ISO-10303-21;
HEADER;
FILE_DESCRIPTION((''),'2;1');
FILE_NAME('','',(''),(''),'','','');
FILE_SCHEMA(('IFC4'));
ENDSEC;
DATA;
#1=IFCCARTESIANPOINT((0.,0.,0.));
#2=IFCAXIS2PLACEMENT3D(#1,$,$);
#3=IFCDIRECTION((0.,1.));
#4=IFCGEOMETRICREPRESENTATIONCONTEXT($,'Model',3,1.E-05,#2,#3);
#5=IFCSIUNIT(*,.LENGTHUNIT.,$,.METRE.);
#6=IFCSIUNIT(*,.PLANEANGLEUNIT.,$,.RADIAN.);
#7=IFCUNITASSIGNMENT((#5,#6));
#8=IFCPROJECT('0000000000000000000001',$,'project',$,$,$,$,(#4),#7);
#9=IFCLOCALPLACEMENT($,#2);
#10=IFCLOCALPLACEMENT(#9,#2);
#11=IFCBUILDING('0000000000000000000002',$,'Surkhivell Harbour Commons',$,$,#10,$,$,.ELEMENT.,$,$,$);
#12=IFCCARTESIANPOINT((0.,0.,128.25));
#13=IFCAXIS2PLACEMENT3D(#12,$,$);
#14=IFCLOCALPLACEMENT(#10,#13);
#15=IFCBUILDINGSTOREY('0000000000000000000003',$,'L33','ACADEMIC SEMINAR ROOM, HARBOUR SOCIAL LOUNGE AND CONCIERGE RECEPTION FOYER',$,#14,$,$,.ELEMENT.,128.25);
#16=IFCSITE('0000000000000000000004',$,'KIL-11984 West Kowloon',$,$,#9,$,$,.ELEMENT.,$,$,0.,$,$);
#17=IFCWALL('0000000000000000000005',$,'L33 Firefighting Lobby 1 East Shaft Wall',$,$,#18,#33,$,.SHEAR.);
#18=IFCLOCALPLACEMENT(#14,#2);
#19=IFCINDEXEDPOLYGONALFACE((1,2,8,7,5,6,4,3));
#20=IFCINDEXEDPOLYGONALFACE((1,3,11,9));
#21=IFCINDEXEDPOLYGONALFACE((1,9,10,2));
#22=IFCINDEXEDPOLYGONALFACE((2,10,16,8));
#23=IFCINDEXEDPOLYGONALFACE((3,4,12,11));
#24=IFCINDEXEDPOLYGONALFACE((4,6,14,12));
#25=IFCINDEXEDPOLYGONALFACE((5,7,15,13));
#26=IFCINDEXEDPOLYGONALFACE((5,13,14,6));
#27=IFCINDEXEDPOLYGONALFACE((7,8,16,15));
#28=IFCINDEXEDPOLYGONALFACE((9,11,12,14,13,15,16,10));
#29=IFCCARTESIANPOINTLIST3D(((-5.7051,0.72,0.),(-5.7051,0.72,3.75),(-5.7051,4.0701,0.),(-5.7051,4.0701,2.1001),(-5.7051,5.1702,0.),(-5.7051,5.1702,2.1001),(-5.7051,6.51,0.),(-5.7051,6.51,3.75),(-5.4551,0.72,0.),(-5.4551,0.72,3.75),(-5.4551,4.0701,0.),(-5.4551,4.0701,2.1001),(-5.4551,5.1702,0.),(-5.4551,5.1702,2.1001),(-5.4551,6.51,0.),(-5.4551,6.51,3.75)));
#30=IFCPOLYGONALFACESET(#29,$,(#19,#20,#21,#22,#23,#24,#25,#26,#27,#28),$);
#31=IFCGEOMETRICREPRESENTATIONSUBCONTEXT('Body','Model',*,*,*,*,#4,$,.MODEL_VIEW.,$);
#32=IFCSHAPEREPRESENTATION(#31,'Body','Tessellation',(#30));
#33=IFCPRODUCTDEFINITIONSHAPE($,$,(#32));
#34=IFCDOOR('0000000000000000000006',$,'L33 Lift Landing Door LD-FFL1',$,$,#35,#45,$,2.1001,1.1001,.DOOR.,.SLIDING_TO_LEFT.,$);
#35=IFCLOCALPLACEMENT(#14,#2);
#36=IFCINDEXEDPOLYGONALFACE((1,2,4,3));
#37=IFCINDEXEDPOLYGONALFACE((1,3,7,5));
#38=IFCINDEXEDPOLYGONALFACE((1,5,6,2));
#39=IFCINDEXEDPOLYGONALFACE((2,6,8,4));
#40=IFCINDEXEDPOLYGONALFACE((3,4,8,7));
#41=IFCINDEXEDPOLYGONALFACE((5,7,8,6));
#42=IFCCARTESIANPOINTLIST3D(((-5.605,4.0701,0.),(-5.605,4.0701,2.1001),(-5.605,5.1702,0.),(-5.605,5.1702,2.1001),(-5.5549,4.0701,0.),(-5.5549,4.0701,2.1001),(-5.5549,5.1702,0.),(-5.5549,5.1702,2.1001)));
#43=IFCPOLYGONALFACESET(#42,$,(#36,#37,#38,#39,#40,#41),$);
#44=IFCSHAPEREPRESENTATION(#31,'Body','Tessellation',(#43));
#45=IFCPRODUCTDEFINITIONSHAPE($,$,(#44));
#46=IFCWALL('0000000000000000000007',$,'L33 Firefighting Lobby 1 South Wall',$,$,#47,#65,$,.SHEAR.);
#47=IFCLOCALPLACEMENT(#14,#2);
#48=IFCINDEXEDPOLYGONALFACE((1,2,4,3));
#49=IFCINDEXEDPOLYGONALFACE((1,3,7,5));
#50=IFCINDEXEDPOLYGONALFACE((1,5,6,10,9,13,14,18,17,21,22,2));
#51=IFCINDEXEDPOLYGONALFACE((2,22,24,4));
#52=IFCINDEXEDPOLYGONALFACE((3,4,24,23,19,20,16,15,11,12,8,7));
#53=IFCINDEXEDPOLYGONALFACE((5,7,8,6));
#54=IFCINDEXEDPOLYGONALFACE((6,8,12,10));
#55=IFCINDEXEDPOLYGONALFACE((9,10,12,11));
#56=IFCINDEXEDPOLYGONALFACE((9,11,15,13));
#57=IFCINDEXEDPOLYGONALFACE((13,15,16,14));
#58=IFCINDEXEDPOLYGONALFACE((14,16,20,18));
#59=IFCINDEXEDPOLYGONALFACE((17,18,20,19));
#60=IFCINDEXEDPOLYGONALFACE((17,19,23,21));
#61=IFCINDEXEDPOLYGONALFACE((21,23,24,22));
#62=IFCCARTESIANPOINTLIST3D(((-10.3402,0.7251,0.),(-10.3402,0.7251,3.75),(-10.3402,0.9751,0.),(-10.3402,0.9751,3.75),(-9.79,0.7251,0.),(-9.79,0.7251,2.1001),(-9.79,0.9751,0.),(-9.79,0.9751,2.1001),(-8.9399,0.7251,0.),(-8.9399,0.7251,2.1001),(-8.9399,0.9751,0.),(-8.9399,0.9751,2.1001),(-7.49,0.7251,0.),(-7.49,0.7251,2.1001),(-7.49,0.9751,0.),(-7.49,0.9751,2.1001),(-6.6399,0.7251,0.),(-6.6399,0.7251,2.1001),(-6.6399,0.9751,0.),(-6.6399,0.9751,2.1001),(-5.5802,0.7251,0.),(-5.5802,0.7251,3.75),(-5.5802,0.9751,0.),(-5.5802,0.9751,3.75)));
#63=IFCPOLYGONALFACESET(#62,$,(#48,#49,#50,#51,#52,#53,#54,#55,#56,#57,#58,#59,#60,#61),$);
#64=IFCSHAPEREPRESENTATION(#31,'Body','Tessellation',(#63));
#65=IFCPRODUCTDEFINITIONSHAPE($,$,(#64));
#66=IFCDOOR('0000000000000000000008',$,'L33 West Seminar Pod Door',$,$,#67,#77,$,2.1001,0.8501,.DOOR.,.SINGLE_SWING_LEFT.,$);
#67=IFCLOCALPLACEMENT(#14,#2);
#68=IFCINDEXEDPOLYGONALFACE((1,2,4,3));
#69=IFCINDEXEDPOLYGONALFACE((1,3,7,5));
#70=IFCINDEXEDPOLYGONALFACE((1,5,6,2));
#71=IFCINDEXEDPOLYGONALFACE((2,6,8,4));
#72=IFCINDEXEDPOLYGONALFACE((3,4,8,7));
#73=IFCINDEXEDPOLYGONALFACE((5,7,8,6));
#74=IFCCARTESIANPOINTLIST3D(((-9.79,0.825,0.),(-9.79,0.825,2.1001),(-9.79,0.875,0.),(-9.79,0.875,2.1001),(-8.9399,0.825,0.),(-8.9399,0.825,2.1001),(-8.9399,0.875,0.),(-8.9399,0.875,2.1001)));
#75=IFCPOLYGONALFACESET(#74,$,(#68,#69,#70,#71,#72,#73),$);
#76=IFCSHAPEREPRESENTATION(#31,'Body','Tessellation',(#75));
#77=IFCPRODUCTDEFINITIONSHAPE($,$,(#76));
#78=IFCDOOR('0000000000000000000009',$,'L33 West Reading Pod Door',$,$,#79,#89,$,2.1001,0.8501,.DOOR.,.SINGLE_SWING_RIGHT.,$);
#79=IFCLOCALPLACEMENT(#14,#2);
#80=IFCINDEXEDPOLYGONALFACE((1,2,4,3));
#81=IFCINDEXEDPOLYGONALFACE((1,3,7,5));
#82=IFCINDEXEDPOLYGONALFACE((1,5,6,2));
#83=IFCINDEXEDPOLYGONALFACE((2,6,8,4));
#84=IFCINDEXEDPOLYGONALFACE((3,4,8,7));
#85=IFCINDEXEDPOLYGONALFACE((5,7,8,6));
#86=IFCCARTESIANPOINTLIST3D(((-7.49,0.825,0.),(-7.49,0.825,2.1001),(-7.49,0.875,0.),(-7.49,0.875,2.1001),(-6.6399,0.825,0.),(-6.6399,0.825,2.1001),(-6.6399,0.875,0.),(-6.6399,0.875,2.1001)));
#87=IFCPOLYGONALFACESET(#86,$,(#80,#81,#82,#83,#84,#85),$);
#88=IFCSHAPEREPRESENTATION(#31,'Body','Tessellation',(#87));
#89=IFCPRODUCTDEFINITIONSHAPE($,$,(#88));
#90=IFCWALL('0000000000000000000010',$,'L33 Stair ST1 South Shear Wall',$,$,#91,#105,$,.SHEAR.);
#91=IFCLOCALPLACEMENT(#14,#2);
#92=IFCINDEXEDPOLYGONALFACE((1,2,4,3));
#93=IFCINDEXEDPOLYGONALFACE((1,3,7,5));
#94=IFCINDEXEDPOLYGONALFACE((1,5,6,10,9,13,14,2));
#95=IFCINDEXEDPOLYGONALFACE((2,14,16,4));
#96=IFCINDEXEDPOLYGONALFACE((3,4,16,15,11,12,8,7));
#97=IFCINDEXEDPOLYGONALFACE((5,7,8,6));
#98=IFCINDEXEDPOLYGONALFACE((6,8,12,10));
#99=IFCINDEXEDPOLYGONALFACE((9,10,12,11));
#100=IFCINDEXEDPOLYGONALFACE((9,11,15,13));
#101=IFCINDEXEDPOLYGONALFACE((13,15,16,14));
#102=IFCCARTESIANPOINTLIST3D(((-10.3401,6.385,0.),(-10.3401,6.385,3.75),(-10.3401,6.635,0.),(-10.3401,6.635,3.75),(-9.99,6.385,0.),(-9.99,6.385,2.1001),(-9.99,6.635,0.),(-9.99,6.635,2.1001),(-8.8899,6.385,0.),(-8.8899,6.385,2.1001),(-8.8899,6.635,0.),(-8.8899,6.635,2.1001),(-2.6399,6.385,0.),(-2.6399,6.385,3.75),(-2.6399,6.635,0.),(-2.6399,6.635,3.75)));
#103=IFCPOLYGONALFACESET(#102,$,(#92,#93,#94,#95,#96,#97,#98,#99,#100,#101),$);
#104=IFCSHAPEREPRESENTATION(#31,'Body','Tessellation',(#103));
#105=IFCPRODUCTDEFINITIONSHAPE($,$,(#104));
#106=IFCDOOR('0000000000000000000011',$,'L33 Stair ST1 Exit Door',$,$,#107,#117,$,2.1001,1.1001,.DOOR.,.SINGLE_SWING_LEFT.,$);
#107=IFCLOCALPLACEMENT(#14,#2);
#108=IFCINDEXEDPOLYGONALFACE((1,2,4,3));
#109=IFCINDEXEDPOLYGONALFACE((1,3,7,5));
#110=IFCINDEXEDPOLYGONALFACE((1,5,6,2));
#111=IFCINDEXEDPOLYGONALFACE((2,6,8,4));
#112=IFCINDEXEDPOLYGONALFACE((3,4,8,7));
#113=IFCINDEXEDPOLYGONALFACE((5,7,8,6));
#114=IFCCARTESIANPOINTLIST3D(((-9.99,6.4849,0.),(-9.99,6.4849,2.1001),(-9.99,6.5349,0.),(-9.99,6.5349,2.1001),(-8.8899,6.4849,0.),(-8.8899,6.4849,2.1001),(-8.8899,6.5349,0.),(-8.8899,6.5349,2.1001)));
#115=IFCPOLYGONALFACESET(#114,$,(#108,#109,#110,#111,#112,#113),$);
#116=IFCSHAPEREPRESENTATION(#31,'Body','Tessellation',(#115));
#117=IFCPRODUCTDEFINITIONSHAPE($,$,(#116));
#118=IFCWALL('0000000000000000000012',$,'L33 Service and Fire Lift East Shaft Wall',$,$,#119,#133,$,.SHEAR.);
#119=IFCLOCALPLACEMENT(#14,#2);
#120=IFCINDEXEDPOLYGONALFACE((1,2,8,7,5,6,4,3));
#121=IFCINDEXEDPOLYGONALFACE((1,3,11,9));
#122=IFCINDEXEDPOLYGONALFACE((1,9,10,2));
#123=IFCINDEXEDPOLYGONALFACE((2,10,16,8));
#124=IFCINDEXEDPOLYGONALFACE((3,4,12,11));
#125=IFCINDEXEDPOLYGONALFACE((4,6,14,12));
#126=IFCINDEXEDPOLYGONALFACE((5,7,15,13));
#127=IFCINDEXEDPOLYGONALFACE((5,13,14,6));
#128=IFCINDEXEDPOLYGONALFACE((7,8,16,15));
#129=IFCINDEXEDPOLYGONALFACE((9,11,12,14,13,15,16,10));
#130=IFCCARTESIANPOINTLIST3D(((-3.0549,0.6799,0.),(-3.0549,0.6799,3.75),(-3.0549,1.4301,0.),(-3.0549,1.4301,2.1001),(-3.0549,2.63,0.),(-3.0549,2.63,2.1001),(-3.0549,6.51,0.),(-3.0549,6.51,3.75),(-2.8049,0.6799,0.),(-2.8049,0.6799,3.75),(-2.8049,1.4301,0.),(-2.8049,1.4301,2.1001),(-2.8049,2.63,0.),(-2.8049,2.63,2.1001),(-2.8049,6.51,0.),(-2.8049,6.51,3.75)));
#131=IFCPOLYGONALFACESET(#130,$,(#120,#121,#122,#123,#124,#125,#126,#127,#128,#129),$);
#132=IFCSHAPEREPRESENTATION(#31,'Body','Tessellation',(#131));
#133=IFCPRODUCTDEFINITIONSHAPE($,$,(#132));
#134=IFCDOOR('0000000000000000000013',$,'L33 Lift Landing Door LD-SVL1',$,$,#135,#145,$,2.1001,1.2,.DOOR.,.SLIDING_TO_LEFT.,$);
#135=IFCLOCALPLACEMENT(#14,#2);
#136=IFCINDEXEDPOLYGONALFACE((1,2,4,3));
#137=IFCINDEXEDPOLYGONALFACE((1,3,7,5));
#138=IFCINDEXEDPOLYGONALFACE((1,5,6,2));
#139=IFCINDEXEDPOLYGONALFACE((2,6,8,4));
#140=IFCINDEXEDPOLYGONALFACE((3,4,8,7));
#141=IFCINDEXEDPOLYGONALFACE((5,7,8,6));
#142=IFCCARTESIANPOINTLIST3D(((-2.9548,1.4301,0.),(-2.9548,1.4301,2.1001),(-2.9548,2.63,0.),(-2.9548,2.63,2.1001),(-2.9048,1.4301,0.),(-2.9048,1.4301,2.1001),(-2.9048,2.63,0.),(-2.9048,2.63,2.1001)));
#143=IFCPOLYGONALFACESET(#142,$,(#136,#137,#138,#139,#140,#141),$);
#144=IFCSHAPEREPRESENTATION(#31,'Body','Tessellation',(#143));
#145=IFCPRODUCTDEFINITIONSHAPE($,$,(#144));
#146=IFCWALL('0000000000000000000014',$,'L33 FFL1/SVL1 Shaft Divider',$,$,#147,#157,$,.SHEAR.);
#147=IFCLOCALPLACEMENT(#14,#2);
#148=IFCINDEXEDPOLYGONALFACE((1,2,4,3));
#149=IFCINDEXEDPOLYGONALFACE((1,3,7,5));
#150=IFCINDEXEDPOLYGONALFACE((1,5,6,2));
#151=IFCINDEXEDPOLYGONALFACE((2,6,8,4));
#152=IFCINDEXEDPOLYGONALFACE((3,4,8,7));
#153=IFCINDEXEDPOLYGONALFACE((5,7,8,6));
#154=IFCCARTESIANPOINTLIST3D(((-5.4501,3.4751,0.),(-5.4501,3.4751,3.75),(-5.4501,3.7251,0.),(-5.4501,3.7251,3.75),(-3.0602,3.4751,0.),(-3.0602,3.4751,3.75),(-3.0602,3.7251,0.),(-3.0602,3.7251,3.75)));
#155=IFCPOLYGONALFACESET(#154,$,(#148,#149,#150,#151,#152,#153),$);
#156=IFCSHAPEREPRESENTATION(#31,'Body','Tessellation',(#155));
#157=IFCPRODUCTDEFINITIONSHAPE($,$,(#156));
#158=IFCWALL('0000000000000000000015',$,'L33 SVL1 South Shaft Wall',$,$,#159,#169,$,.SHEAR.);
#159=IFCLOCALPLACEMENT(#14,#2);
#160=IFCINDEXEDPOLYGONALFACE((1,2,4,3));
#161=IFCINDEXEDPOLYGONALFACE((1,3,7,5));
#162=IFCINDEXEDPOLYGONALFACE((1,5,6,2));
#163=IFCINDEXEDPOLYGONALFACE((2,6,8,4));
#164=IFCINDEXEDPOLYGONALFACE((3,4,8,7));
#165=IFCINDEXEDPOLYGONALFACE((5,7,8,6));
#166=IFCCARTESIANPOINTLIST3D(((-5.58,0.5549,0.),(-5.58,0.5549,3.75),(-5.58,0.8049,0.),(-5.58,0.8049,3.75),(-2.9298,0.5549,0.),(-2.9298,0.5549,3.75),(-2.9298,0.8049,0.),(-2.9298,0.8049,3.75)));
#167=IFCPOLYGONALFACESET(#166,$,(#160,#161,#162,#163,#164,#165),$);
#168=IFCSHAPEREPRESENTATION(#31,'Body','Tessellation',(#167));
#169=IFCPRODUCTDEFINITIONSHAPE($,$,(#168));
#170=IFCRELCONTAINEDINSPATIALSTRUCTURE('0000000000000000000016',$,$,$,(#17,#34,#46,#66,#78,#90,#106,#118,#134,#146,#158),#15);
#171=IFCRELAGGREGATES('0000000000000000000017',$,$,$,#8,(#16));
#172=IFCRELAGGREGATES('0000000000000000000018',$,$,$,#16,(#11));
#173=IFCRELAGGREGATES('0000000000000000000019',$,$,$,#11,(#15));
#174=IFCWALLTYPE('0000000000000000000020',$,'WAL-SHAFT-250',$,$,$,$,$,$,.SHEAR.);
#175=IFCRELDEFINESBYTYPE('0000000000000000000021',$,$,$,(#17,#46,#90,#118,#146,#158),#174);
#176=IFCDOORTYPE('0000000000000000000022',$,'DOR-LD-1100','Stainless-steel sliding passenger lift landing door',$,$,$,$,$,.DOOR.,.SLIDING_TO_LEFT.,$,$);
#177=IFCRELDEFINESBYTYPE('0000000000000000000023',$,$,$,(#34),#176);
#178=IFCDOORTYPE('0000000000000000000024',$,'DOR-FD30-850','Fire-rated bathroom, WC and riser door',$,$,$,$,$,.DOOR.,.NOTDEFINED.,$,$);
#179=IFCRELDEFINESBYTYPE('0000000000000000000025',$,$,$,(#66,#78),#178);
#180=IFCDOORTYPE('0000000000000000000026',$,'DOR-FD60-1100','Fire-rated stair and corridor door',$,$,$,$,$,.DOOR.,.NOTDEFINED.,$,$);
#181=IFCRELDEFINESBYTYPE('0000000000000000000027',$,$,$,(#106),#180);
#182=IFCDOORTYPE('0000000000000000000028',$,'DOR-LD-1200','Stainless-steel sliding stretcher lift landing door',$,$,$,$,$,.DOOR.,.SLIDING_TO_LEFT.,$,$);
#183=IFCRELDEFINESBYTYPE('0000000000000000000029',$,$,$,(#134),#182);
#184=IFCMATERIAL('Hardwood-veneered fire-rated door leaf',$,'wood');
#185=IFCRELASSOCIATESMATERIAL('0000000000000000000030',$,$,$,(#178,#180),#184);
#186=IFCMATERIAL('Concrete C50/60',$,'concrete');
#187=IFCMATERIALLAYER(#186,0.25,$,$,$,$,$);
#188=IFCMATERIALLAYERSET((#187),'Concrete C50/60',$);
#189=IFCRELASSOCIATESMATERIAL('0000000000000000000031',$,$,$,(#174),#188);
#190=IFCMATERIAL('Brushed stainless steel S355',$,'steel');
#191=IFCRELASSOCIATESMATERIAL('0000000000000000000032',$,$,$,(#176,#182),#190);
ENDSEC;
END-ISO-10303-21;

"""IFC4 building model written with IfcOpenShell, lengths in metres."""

from ifc_helpers import new_model, si_unit, direction, frame, frame_2d, origin, place, context, subcontext, project, spatial, rectangle, extrude, material, layer, layer_set, type_object, element, fill, save


model = new_model("IFC4")

# Units and contexts
model_context = context("Model", 3, precision=1e-05, world=origin(), true_north=direction((0.0, 1.0)))
body_context = subcontext(model_context, "Body", "Model", "MODEL_VIEW")
ifc_project = project(units=[si_unit("LENGTHUNIT", "METRE"), si_unit("PLANEANGLEUNIT", "RADIAN")], contexts=[model_context])

# Site, building, storey
site_placement = place(None, origin())
site = spatial("IfcSite", under=ifc_project, at=site_placement, Name="KIL-11984 West Kowloon", CompositionType="ELEMENT", RefElevation=0.0)
building_placement = place(site_placement, origin())
building = spatial("IfcBuilding", under=site, at=building_placement, Name="Surkhivell Harbour Commons", CompositionType="ELEMENT")
storey_placement = place(building_placement, frame((0.0, 0.0, 128.25)))
storey = spatial("IfcBuildingStorey", under=building, at=storey_placement, Name="L33", Description="ACADEMIC SEMINAR ROOM, HARBOUR SOCIAL LOUNGE AND CONCIERGE RECEPTION FOYER", CompositionType="ELEMENT", Elevation=128.25)

# Shared definitions
ifc_material_1 = material(Name="Hardwood-veneered fire-rated door leaf", Category="wood")

# Shared definitions
door_type_1 = type_object("IfcDoorType", Name="DOR-FD30-850", Description="Fire-rated bathroom, WC and riser door", OperationType="NOTDEFINED", PredefinedType="DOOR", material=ifc_material_1)

# Wall, opening, door
ifc_material_2 = material(Name="Concrete C50/60", Category="concrete")
ifc_layer_1 = layer(ifc_material_2, 0.25)
ifc_layer_set_1 = layer_set([ifc_layer_1], Name="Concrete C50/60")
wall_type_1 = type_object("IfcWallType", Name="WAL-SHAFT-250", PredefinedType="SHEAR", material=ifc_layer_set_1)
wall_1_placement = place(storey_placement, frame((-5.5801, 0.72, 0.0), z_axis=(0.0, 0.0, 1.0), x_axis=(0.0, 1.0, 0.0)))
wall_1 = element("IfcWall", 1, at=wall_1_placement, inside=storey, type_object=wall_type_1, Name="L33 Firefighting Lobby 1 East Shaft Wall", PredefinedType="SHEAR", context=body_context, shape_type="SweptSolid", body=[
    extrude(rectangle(XDim=5.79, YDim=0.25, at=frame_2d((2.895, 0.0))), origin(), (0.0, 0.0, 1.0), 3.75),
])
opening_1_placement = place(wall_1_placement, frame((3.3501, 0.0, 0.0)))
opening_1 = element("IfcOpeningElement", 2, at=opening_1_placement, cuts=wall_1, PredefinedType="OPENING", context=body_context, shape_type="SweptSolid", body=[
    extrude(rectangle(XDim=1.1001, YDim=2.1001, at=frame_2d((0.55, 1.05))), frame((0.0, 0.135, 0.0), z_axis=(0.0, -1.0, 0.0), x_axis=(1.0, 0.0, 0.0)), (0.0, 0.0, 1.0), 0.27),
])
ifc_material_3 = material(Name="Brushed stainless steel S355", Category="steel")
door_type_2 = type_object("IfcDoorType", Name="DOR-LD-1100", Description="Stainless-steel sliding passenger lift landing door", OperationType="SLIDING_TO_LEFT", PredefinedType="DOOR", material=ifc_material_3)
door_1_placement = place(opening_1_placement, origin())
door_1 = element("IfcDoor", 3, at=door_1_placement, inside=storey, type_object=door_type_2, Name="L33 Lift Landing Door LD-FFL1", OperationType="SLIDING_TO_LEFT", OverallHeight=2.1001, OverallWidth=1.1001, PredefinedType="DOOR", context=body_context, shape_type="SweptSolid", body=[
    extrude(rectangle(XDim=1.1001, YDim=2.1001, at=frame_2d((0.55, 1.05))), frame((0.0, 0.0249, 0.0), z_axis=(0.0, -1.0, 0.0), x_axis=(1.0, 0.0, 0.0)), (0.0, 0.0, 1.0), 0.05),
])
fill(opening_1, door_1)

# Wall, openings, doors
wall_2_placement = place(storey_placement, frame((-10.3401, 0.8501, 0.0), z_axis=(0.0, 0.0, 1.0), x_axis=(1.0, 0.0, 0.0)))
wall_2 = element("IfcWall", 4, at=wall_2_placement, inside=storey, type_object=wall_type_1, Name="L33 Firefighting Lobby 1 South Wall", PredefinedType="SHEAR", context=body_context, shape_type="SweptSolid", body=[
    extrude(rectangle(XDim=4.76, YDim=0.25, at=frame_2d((2.3799, 0.0))), origin(), (0.0, 0.0, 1.0), 3.75),
])
opening_2_placement = place(wall_2_placement, frame((0.55, 0.0, 0.0)))
opening_2 = element("IfcOpeningElement", 5, at=opening_2_placement, cuts=wall_2, PredefinedType="OPENING", context=body_context, shape_type="SweptSolid", body=[
    extrude(rectangle(XDim=0.8501, YDim=2.1001, at=frame_2d((0.425, 1.05))), frame((0.0, 0.135, 0.0), z_axis=(0.0, -1.0, 0.0), x_axis=(1.0, 0.0, 0.0)), (0.0, 0.0, 1.0), 0.27),
])
opening_3_placement = place(wall_2_placement, frame((2.8501, 0.0, 0.0)))
opening_3 = element("IfcOpeningElement", 6, at=opening_3_placement, cuts=wall_2, PredefinedType="OPENING", context=body_context, shape_type="SweptSolid", body=[
    extrude(rectangle(XDim=0.8501, YDim=2.1001, at=frame_2d((0.425, 1.05))), frame((0.0, 0.135, 0.0), z_axis=(0.0, -1.0, 0.0), x_axis=(1.0, 0.0, 0.0)), (0.0, 0.0, 1.0), 0.27),
])
door_2_placement = place(opening_2_placement, origin())
door_2 = element("IfcDoor", 7, at=door_2_placement, inside=storey, type_object=door_type_1, Name="L33 West Seminar Pod Door", OperationType="SINGLE_SWING_LEFT", OverallHeight=2.1001, OverallWidth=0.8501, PredefinedType="DOOR", context=body_context, shape_type="SweptSolid", body=[
    extrude(rectangle(XDim=0.8501, YDim=2.1001, at=frame_2d((0.425, 1.05))), frame((0.0, 0.0249, 0.0), z_axis=(0.0, -1.0, 0.0), x_axis=(1.0, 0.0, 0.0)), (0.0, 0.0, 1.0), 0.05),
])
fill(opening_2, door_2)
door_3_placement = place(opening_3_placement, origin())
door_3 = element("IfcDoor", 8, at=door_3_placement, inside=storey, type_object=door_type_1, Name="L33 West Reading Pod Door", OperationType="SINGLE_SWING_RIGHT", OverallHeight=2.1001, OverallWidth=0.8501, PredefinedType="DOOR", context=body_context, shape_type="SweptSolid", body=[
    extrude(rectangle(XDim=0.8501, YDim=2.1001, at=frame_2d((0.425, 1.05))), frame((0.0, 0.0249, 0.0), z_axis=(0.0, -1.0, 0.0), x_axis=(1.0, 0.0, 0.0)), (0.0, 0.0, 1.0), 0.05),
])
fill(opening_3, door_3)

# Walls, openings, doors
wall_3_placement = place(storey_placement, frame((-10.3401, 6.51, 0.0), z_axis=(0.0, 0.0, 1.0), x_axis=(1.0, 0.0, 0.0)))
wall_3 = element("IfcWall", 9, at=wall_3_placement, inside=storey, type_object=wall_type_1, Name="L33 Stair ST1 South Shear Wall", PredefinedType="SHEAR", context=body_context, shape_type="SweptSolid", body=[
    extrude(rectangle(XDim=7.7002, YDim=0.25, at=frame_2d((3.8501, 0.0))), origin(), (0.0, 0.0, 1.0), 3.75),
])
opening_4_placement = place(wall_3_placement, frame((0.3501, 0.0, 0.0)))
opening_4 = element("IfcOpeningElement", 10, at=opening_4_placement, cuts=wall_3, PredefinedType="OPENING", context=body_context, shape_type="SweptSolid", body=[
    extrude(rectangle(XDim=1.1001, YDim=2.1001, at=frame_2d((0.55, 1.05))), frame((0.0, 0.135, 0.0), z_axis=(0.0, -1.0, 0.0), x_axis=(1.0, 0.0, 0.0)), (0.0, 0.0, 1.0), 0.27),
])
door_type_3 = type_object("IfcDoorType", Name="DOR-FD60-1100", Description="Fire-rated stair and corridor door", OperationType="NOTDEFINED", PredefinedType="DOOR", material=ifc_material_1)
door_4_placement = place(opening_4_placement, origin())
door_4 = element("IfcDoor", 11, at=door_4_placement, inside=storey, type_object=door_type_3, Name="L33 Stair ST1 Exit Door", OperationType="SINGLE_SWING_LEFT", OverallHeight=2.1001, OverallWidth=1.1001, PredefinedType="DOOR", context=body_context, shape_type="SweptSolid", body=[
    extrude(rectangle(XDim=1.1001, YDim=2.1001, at=frame_2d((0.55, 1.05))), frame((0.0, 0.0249, 0.0), z_axis=(0.0, -1.0, 0.0), x_axis=(1.0, 0.0, 0.0)), (0.0, 0.0, 1.0), 0.05),
])
fill(opening_4, door_4)
wall_4_placement = place(storey_placement, frame((-2.9299, 0.6799, 0.0), z_axis=(0.0, 0.0, 1.0), x_axis=(0.0, 1.0, 0.0)))
wall_4 = element("IfcWall", 12, at=wall_4_placement, inside=storey, type_object=wall_type_1, Name="L33 Service and Fire Lift East Shaft Wall", PredefinedType="SHEAR", context=body_context, shape_type="SweptSolid", body=[
    extrude(rectangle(XDim=5.8301, YDim=0.25, at=frame_2d((2.915, 0.0))), origin(), (0.0, 0.0, 1.0), 3.75),
])
opening_5_placement = place(wall_4_placement, frame((0.75, 0.0, 0.0)))
opening_5 = element("IfcOpeningElement", 13, at=opening_5_placement, cuts=wall_4, PredefinedType="OPENING", context=body_context, shape_type="SweptSolid", body=[
    extrude(rectangle(XDim=1.2, YDim=2.1001, at=frame_2d((0.6001, 1.05))), frame((0.0, 0.135, 0.0), z_axis=(0.0, -1.0, 0.0), x_axis=(1.0, 0.0, 0.0)), (0.0, 0.0, 1.0), 0.27),
])
door_type_4 = type_object("IfcDoorType", Name="DOR-LD-1200", Description="Stainless-steel sliding stretcher lift landing door", OperationType="SLIDING_TO_LEFT", PredefinedType="DOOR", material=ifc_material_3)
door_5_placement = place(opening_5_placement, origin())
door_5 = element("IfcDoor", 14, at=door_5_placement, inside=storey, type_object=door_type_4, Name="L33 Lift Landing Door LD-SVL1", OperationType="SLIDING_TO_LEFT", OverallHeight=2.1001, OverallWidth=1.2, PredefinedType="DOOR", context=body_context, shape_type="SweptSolid", body=[
    extrude(rectangle(XDim=1.2, YDim=2.1001, at=frame_2d((0.6001, 1.05))), frame((0.0, 0.0249, 0.0), z_axis=(0.0, -1.0, 0.0), x_axis=(1.0, 0.0, 0.0)), (0.0, 0.0, 1.0), 0.05),
])
fill(opening_5, door_5)

# Walls
wall_5_placement = place(storey_placement, frame((-5.45, 3.6001, 0.0), z_axis=(0.0, 0.0, 1.0), x_axis=(1.0, 0.0, 0.0)))
element("IfcWall", 15, at=wall_5_placement, inside=storey, type_object=wall_type_1, Name="L33 FFL1/SVL1 Shaft Divider", PredefinedType="SHEAR", context=body_context, shape_type="SweptSolid", body=[
    extrude(rectangle(XDim=2.3899, YDim=0.25, at=frame_2d((1.1948, 0.0))), origin(), (0.0, 0.0, 1.0), 3.75),
])
wall_6_placement = place(storey_placement, frame((-5.5801, 0.6799, 0.0), z_axis=(0.0, 0.0, 1.0), x_axis=(1.0, 0.0, 0.0)))
element("IfcWall", 16, at=wall_6_placement, inside=storey, type_object=wall_type_1, Name="L33 SVL1 South Shaft Wall", PredefinedType="SHEAR", context=body_context, shape_type="SweptSolid", body=[
    extrude(rectangle(XDim=2.6501, YDim=0.25, at=frame_2d((1.3252, 0.0))), origin(), (0.0, 0.0, 1.0), 3.75),
])

save(model, "model.ifc")
